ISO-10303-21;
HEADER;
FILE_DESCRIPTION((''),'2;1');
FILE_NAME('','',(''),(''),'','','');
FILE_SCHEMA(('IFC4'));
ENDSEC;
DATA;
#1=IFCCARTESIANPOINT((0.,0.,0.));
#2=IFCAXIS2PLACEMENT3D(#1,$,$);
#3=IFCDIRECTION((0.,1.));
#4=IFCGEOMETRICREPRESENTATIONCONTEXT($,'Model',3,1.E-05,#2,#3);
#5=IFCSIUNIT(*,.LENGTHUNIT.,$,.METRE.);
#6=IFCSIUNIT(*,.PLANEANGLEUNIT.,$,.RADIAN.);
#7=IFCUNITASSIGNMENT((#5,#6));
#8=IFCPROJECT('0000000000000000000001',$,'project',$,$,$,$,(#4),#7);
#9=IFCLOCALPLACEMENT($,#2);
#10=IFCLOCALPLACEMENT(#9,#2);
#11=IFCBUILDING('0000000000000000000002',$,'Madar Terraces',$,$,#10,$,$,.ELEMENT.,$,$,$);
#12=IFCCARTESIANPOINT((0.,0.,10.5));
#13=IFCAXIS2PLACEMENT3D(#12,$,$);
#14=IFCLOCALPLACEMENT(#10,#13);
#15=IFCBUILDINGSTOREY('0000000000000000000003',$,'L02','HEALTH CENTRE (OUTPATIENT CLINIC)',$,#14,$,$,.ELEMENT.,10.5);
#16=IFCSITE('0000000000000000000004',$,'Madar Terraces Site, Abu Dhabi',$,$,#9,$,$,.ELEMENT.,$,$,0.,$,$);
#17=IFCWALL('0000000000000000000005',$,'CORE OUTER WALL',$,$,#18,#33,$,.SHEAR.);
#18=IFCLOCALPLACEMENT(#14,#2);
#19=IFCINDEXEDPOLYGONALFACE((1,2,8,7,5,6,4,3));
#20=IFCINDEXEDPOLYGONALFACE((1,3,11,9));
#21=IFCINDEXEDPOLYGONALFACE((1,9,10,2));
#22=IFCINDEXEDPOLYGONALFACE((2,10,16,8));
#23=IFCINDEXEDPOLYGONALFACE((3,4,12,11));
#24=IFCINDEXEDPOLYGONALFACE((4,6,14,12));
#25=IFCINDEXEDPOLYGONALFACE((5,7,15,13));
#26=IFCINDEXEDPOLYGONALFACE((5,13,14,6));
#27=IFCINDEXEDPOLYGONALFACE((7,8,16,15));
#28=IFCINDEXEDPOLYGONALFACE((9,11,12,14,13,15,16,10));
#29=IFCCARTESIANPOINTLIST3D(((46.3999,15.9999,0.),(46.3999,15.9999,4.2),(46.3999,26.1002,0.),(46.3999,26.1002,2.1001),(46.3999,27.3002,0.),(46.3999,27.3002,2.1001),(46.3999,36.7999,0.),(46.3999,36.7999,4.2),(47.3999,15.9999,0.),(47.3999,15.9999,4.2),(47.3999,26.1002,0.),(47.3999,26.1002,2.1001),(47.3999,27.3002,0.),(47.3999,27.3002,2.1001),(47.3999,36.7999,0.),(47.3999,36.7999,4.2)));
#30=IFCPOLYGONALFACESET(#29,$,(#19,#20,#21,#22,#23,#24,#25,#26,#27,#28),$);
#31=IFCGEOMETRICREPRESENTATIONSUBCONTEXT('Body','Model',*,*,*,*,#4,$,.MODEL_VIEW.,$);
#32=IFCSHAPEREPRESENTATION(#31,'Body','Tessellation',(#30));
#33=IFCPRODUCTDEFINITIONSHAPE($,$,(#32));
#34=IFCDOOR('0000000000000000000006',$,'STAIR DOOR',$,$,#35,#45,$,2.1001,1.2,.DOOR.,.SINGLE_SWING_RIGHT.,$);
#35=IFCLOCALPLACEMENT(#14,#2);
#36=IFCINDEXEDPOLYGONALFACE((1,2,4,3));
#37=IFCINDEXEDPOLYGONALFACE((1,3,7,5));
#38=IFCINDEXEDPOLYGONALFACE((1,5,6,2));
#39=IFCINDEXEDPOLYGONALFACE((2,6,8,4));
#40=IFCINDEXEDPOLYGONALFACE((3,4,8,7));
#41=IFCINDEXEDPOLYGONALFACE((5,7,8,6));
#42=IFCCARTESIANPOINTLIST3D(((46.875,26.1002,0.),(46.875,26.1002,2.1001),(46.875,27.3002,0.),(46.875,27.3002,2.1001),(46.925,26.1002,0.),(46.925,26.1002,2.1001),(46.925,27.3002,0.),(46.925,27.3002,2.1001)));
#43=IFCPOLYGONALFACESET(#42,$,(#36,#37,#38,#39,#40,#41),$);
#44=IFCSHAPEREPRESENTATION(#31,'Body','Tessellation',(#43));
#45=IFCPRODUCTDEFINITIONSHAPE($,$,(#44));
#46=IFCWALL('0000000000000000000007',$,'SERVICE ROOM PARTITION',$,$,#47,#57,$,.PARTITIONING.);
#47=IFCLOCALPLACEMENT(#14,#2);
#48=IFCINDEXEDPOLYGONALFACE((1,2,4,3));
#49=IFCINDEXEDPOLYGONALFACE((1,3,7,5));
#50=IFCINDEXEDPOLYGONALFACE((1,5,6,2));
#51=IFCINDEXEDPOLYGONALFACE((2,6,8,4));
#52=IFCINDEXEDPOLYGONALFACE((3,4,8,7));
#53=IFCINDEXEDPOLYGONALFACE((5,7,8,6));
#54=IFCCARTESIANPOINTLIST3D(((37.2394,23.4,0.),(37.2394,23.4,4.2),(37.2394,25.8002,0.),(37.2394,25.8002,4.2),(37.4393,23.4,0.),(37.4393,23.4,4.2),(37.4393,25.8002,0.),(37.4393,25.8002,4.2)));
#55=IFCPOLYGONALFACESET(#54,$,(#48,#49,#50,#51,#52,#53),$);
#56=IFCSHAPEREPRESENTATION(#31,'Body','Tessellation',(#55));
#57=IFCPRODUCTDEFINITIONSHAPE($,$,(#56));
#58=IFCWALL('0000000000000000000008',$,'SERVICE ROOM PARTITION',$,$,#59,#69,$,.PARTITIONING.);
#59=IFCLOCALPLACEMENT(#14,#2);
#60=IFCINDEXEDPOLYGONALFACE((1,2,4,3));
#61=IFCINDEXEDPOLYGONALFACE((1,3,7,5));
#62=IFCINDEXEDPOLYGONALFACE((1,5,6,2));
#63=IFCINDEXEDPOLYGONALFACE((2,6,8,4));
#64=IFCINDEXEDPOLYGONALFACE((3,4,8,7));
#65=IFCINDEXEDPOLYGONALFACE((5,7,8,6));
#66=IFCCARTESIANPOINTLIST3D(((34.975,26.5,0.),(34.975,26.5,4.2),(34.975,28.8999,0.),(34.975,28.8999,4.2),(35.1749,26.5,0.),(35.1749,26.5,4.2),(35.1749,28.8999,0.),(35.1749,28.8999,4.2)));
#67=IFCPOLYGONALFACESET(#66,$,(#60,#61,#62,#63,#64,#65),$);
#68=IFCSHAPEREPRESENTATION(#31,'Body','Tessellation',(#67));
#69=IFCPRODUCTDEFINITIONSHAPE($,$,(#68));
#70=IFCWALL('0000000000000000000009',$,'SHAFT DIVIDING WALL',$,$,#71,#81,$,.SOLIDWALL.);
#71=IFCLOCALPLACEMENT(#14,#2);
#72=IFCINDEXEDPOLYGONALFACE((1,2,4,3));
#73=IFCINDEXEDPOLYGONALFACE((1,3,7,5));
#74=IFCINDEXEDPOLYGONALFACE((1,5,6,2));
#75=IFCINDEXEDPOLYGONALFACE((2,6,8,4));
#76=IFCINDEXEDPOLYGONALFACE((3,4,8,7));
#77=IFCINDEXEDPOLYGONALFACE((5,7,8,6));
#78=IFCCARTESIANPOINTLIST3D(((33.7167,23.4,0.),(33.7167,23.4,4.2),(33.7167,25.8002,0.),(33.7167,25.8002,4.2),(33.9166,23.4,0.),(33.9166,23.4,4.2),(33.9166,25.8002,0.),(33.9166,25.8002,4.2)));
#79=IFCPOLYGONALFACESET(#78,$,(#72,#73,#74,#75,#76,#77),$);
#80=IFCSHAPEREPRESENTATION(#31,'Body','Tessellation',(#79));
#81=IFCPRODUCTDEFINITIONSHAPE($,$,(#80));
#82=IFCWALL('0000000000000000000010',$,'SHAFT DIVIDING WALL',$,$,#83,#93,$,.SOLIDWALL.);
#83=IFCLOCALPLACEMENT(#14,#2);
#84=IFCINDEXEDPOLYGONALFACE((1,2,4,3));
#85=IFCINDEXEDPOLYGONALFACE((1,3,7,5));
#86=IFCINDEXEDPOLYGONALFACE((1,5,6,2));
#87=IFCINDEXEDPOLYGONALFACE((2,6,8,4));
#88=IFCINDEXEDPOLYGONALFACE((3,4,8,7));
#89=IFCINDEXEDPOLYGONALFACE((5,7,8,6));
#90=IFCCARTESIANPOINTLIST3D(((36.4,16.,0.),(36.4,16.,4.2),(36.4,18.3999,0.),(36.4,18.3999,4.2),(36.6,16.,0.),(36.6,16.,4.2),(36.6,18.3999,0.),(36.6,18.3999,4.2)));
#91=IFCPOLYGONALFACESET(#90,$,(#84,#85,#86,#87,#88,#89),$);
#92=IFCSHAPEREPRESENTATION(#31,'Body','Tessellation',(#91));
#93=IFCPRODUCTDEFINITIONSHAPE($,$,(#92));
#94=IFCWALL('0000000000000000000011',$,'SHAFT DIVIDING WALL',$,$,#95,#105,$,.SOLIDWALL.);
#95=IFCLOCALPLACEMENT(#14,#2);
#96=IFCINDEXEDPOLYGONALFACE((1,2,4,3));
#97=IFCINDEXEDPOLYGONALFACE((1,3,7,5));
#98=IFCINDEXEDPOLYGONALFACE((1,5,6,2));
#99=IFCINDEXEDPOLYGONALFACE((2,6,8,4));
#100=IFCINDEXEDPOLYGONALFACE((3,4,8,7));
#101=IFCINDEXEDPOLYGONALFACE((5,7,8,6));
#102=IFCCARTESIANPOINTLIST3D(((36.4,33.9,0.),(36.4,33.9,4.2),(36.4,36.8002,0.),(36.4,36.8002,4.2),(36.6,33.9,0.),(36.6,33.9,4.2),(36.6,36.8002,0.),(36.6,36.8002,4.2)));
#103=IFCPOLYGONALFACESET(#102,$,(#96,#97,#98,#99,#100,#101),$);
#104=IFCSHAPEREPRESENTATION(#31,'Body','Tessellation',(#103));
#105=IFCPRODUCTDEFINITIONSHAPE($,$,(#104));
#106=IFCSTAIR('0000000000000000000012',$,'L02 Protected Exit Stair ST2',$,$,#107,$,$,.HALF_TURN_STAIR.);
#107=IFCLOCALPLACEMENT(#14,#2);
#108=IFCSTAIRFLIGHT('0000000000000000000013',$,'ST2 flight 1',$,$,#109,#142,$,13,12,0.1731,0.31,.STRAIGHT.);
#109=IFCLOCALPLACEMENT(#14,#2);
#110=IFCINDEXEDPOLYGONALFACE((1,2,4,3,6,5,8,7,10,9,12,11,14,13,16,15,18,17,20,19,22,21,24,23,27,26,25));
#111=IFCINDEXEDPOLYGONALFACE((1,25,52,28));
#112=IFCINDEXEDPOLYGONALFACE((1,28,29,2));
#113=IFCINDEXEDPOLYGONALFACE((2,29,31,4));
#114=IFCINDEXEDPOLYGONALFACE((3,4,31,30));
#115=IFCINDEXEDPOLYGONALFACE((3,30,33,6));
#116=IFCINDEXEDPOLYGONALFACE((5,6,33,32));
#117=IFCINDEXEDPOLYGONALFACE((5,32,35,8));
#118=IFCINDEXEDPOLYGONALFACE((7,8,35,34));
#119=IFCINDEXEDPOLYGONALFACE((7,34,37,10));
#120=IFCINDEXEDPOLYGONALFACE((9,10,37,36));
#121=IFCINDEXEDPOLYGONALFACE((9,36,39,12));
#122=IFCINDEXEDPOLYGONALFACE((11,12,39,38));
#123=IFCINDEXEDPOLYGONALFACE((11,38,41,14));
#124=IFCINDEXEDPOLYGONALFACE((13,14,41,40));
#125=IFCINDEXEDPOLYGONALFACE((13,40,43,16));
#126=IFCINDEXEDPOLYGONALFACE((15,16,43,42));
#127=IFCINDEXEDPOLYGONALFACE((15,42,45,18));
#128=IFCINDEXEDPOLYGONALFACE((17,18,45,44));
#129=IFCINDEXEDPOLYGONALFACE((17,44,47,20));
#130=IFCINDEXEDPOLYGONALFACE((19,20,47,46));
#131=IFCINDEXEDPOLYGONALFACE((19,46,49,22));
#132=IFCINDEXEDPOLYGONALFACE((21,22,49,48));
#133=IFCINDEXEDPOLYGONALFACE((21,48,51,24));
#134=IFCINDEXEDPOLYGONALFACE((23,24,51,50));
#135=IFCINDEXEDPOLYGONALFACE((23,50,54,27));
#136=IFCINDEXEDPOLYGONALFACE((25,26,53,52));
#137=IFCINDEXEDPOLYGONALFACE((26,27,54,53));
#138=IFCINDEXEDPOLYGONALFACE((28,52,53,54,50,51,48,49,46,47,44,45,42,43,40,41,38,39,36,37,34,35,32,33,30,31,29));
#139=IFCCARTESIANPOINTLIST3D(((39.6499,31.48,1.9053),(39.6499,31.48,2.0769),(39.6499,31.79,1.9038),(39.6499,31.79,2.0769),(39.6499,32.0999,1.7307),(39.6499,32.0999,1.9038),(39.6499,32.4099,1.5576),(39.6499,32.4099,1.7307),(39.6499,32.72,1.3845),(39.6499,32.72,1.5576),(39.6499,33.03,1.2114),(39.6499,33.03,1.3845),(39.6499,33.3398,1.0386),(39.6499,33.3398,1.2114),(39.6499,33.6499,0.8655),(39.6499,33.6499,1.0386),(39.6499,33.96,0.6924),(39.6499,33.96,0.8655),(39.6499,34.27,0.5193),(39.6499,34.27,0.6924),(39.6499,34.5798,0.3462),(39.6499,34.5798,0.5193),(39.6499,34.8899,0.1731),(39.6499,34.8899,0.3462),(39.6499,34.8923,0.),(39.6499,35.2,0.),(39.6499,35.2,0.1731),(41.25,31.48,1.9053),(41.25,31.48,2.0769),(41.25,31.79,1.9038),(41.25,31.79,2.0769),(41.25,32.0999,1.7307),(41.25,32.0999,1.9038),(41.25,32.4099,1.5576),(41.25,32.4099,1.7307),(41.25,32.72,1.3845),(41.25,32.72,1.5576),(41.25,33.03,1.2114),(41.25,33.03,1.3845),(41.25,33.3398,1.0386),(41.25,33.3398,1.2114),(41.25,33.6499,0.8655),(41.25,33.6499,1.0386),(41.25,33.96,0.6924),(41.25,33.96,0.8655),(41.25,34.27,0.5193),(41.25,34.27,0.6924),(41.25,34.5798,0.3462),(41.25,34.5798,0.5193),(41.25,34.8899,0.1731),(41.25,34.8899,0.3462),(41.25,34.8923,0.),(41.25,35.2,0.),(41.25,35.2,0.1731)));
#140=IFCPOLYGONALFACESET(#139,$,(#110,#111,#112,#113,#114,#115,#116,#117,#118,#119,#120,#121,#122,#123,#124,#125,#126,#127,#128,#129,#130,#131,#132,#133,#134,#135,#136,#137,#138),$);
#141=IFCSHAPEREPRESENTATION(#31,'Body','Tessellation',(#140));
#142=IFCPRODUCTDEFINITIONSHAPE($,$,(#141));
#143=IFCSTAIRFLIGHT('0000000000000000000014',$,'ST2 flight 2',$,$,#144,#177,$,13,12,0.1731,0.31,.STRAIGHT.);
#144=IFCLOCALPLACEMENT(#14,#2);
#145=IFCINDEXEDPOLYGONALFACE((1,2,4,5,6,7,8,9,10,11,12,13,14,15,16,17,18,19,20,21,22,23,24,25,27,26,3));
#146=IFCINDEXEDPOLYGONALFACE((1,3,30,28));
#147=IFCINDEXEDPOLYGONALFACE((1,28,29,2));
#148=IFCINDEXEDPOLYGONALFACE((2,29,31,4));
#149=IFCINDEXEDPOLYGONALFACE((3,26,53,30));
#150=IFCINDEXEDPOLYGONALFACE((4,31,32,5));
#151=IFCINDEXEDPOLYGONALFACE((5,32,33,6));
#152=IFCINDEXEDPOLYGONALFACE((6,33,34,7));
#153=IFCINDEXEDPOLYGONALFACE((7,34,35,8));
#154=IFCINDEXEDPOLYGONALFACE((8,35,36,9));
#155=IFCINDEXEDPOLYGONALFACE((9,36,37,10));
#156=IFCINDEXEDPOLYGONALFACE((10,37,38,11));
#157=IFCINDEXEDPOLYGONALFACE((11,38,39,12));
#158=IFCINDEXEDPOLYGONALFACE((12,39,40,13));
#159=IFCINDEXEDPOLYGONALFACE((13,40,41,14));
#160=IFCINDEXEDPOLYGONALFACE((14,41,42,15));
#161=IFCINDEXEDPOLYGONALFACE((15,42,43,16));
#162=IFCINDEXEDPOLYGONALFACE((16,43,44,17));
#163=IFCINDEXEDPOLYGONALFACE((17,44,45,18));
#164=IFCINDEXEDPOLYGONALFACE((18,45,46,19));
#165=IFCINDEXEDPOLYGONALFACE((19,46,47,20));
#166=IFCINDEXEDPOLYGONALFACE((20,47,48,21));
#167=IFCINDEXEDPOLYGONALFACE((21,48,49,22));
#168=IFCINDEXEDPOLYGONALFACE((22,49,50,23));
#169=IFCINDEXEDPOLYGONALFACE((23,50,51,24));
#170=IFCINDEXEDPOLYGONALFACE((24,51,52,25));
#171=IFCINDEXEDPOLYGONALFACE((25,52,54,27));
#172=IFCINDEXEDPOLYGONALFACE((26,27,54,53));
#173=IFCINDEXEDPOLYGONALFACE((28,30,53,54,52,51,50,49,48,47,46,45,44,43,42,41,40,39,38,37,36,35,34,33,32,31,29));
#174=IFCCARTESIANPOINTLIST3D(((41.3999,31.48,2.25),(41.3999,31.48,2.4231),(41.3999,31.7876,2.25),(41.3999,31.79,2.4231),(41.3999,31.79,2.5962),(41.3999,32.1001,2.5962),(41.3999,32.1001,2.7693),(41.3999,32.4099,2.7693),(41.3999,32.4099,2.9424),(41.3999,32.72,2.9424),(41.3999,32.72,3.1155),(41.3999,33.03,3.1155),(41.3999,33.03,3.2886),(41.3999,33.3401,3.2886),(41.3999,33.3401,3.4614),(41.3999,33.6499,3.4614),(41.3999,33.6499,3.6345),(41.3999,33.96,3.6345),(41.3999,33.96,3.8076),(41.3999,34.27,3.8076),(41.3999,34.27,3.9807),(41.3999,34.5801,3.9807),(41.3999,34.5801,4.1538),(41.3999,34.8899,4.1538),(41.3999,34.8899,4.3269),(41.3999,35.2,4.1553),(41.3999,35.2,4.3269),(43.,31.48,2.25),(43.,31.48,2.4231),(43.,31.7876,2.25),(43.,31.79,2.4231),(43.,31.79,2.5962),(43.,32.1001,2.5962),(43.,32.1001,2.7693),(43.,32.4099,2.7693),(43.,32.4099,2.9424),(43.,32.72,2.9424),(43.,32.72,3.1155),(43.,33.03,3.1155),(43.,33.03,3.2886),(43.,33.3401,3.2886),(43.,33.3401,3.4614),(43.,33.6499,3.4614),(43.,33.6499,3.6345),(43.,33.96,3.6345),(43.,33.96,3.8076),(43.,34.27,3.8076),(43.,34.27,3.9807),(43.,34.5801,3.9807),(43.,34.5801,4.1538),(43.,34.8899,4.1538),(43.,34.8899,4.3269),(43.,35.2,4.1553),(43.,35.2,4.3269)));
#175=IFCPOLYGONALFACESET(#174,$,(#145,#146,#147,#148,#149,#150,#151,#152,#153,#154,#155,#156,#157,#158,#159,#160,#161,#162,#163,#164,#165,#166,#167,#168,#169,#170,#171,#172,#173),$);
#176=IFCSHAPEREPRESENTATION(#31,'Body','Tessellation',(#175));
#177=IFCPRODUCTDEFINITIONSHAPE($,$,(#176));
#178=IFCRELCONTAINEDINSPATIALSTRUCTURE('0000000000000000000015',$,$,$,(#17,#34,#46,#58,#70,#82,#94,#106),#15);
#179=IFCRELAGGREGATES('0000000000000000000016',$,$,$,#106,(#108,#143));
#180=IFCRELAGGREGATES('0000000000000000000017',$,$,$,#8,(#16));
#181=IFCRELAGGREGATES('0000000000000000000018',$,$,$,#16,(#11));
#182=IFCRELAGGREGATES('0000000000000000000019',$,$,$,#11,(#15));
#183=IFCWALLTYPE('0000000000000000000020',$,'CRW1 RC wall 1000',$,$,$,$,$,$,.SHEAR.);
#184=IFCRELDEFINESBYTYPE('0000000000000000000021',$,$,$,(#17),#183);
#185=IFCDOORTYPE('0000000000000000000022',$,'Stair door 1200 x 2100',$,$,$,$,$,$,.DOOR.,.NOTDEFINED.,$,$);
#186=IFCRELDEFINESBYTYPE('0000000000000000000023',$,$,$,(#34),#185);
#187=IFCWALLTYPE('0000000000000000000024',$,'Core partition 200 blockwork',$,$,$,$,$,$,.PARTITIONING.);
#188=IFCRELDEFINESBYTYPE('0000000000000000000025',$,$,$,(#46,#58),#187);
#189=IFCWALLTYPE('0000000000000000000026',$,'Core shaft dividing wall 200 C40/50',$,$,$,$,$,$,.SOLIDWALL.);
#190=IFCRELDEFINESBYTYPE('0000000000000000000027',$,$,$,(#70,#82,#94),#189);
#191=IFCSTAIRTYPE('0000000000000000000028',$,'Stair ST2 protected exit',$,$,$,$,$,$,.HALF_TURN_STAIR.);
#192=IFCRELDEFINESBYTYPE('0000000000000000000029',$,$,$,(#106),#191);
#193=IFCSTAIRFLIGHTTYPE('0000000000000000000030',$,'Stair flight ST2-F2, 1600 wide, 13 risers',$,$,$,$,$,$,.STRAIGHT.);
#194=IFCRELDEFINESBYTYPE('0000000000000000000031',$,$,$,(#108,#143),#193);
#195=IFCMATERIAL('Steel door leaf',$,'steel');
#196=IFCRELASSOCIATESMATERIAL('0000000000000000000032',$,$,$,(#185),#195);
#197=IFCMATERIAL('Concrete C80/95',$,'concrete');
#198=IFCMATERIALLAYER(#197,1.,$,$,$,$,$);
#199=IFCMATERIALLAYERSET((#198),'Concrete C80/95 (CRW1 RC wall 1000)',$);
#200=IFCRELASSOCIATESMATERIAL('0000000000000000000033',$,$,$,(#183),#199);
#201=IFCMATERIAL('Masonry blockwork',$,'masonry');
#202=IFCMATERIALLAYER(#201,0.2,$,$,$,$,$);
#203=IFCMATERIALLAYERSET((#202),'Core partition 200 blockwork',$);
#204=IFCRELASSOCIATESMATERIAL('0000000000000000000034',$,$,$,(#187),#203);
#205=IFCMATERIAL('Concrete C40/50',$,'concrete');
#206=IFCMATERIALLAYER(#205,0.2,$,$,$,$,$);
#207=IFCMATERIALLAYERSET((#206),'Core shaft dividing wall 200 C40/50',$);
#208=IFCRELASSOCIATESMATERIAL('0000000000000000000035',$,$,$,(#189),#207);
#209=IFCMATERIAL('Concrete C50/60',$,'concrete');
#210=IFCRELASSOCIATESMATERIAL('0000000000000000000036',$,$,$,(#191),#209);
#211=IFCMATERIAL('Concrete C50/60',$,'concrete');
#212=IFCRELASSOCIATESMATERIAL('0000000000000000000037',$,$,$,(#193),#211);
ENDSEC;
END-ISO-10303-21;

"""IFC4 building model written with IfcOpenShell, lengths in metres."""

from ifc_helpers import new_model, si_unit, direction, frame, frame_2d, origin, place, context, subcontext, project, spatial, polyline, rectangle, outline, extrude, material, layer, layer_set, type_object, element, fill, aggregate, save


model = new_model("IFC4")

# Units and contexts
model_context = context("Model", 3, precision=1e-05, world=origin(), true_north=direction((0.0, 1.0)))
body_context = subcontext(model_context, "Body", "Model", "MODEL_VIEW")
ifc_project = project(units=[si_unit("LENGTHUNIT", "METRE"), si_unit("PLANEANGLEUNIT", "RADIAN")], contexts=[model_context])

# Site, building, storey
site_placement = place(None, origin())
site = spatial("IfcSite", under=ifc_project, at=site_placement, Name="Madar Terraces Site, Abu Dhabi", CompositionType="ELEMENT", RefElevation=0.0)
building_placement = place(site_placement, origin())
building = spatial("IfcBuilding", under=site, at=building_placement, Name="Madar Terraces", CompositionType="ELEMENT")
storey_placement = place(building_placement, frame((0.0, 0.0, 10.5)))
storey = spatial("IfcBuildingStorey", under=building, at=storey_placement, Name="L02", Description="HEALTH CENTRE (OUTPATIENT CLINIC)", CompositionType="ELEMENT", Elevation=10.5)

# Shared definitions
ifc_material_1 = material(Name="Steel door leaf", Category="steel")
door_type_1 = type_object("IfcDoorType", Name="Stair door 1200 x 2100", OperationType="NOTDEFINED", PredefinedType="DOOR", material=ifc_material_1)

# Wall, opening, door
ifc_material_2 = material(Name="Concrete C80/95", Category="concrete")
ifc_layer_1 = layer(ifc_material_2, 1.0)
ifc_layer_set_1 = layer_set([ifc_layer_1], Name="Concrete C80/95 (CRW1 RC wall 1000)")
wall_type_1 = type_object("IfcWallType", Name="CRW1 RC wall 1000", PredefinedType="SHEAR", material=ifc_layer_set_1)
wall_1_placement = place(storey_placement, frame((46.8999, 16.0, 0.0), z_axis=(0.0, 0.0, 1.0), x_axis=(0.0, 1.0, 0.0)))
wall_1 = element("IfcWall", 1, at=wall_1_placement, inside=storey, type_object=wall_type_1, Name="CORE OUTER WALL", PredefinedType="SHEAR", context=body_context, shape_type="SweptSolid", body=[
    extrude(rectangle(XDim=20.8, YDim=1.0, at=frame_2d((10.3999, 0.0))), origin(), (0.0, 0.0, 1.0), 4.2),
])
opening_1_placement = place(wall_1_placement, frame((10.1001, 0.0, 0.0)))
opening_1 = element("IfcOpeningElement", 2, at=opening_1_placement, cuts=wall_1, PredefinedType="OPENING", context=body_context, shape_type="SweptSolid", body=[
    extrude(rectangle(XDim=1.2, YDim=2.1001, at=frame_2d((0.6001, 1.05))), frame((0.0, 0.51, 0.0), z_axis=(0.0, -1.0, 0.0), x_axis=(1.0, 0.0, 0.0)), (0.0, 0.0, 1.0), 1.02),
])
door_1_placement = place(opening_1_placement, origin())
door_1 = element("IfcDoor", 3, at=door_1_placement, inside=storey, type_object=door_type_1, Name="STAIR DOOR", OperationType="SINGLE_SWING_RIGHT", OverallHeight=2.1001, OverallWidth=1.2, PredefinedType="DOOR", context=body_context, shape_type="SweptSolid", body=[
    extrude(rectangle(XDim=1.2, YDim=2.1001, at=frame_2d((0.6001, 1.05))), frame((0.0, 0.0249, 0.0), z_axis=(0.0, -1.0, 0.0), x_axis=(1.0, 0.0, 0.0)), (0.0, 0.0, 1.0), 0.05),
])
fill(opening_1, door_1)

# Walls
ifc_material_3 = material(Name="Masonry blockwork", Category="masonry")
ifc_layer_2 = layer(ifc_material_3, 0.2)
ifc_layer_set_2 = layer_set([ifc_layer_2], Name="Core partition 200 blockwork")
wall_type_2 = type_object("IfcWallType", Name="Core partition 200 blockwork", PredefinedType="PARTITIONING", material=ifc_layer_set_2)
wall_2_placement = place(storey_placement, frame((37.3394, 23.3999, 0.0), z_axis=(0.0, 0.0, 1.0), x_axis=(0.0, 1.0, 0.0)))
element("IfcWall", 4, at=wall_2_placement, inside=storey, type_object=wall_type_2, Name="SERVICE ROOM PARTITION", PredefinedType="PARTITIONING", context=body_context, shape_type="SweptSolid", body=[
    extrude(rectangle(XDim=2.4001, YDim=0.2, at=frame_2d((1.2002, 0.0))), origin(), (0.0, 0.0, 1.0), 4.2),
])
wall_3_placement = place(storey_placement, frame((35.075, 26.5, 0.0), z_axis=(0.0, 0.0, 1.0), x_axis=(0.0, 1.0, 0.0)))
element("IfcWall", 5, at=wall_3_placement, inside=storey, type_object=wall_type_2, Name="SERVICE ROOM PARTITION", PredefinedType="PARTITIONING", context=body_context, shape_type="SweptSolid", body=[
    extrude(rectangle(XDim=2.3999, YDim=0.2, at=frame_2d((1.2, 0.0))), origin(), (0.0, 0.0, 1.0), 4.2),
])
ifc_material_4 = material(Name="Concrete C40/50", Category="concrete")
ifc_layer_3 = layer(ifc_material_4, 0.2)
ifc_layer_set_3 = layer_set([ifc_layer_3], Name="Core shaft dividing wall 200 C40/50")
wall_type_3 = type_object("IfcWallType", Name="Core shaft dividing wall 200 C40/50", PredefinedType="SOLIDWALL", material=ifc_layer_set_3)
wall_4_placement = place(storey_placement, frame((33.8167, 23.3999, 0.0), z_axis=(0.0, 0.0, 1.0), x_axis=(0.0, 1.0, 0.0)))
element("IfcWall", 6, at=wall_4_placement, inside=storey, type_object=wall_type_3, Name="SHAFT DIVIDING WALL", PredefinedType="SOLIDWALL", context=body_context, shape_type="SweptSolid", body=[
    extrude(rectangle(XDim=2.4001, YDim=0.2, at=frame_2d((1.2002, 0.0))), origin(), (0.0, 0.0, 1.0), 4.2),
])
wall_5_placement = place(storey_placement, frame((36.5, 16.0, 0.0), z_axis=(0.0, 0.0, 1.0), x_axis=(0.0, 1.0, 0.0)))
element("IfcWall", 7, at=wall_5_placement, inside=storey, type_object=wall_type_3, Name="SHAFT DIVIDING WALL", PredefinedType="SOLIDWALL", context=body_context, shape_type="SweptSolid", body=[
    extrude(rectangle(XDim=2.3999, YDim=0.2, at=frame_2d((1.2, 0.0))), origin(), (0.0, 0.0, 1.0), 4.2),
])
wall_6_placement = place(storey_placement, frame((36.5, 33.8999, 0.0), z_axis=(0.0, 0.0, 1.0), x_axis=(0.0, 1.0, 0.0)))
element("IfcWall", 8, at=wall_6_placement, inside=storey, type_object=wall_type_3, Name="SHAFT DIVIDING WALL", PredefinedType="SOLIDWALL", context=body_context, shape_type="SweptSolid", body=[
    extrude(rectangle(XDim=2.9001, YDim=0.2, at=frame_2d((1.4502, 0.0))), origin(), (0.0, 0.0, 1.0), 4.2),
])

# Stair, stair flights
ifc_material_5 = material(Name="Concrete C50/60", Category="concrete")
stair_type_1 = type_object("IfcStairType", Name="Stair ST2 protected exit", PredefinedType="HALF_TURN_STAIR", material=ifc_material_5)
stair_1_placement = place(storey_placement, origin())
stair_1 = element("IfcStair", 9, at=stair_1_placement, inside=storey, type_object=stair_type_1, Name="L02 Protected Exit Stair ST2", PredefinedType="HALF_TURN_STAIR")
ifc_material_6 = material(Name="Concrete C50/60", Category="concrete")
stair_flight_type_1 = type_object("IfcStairFlightType", Name="Stair flight ST2-F2, 1600 wide, 13 risers", PredefinedType="STRAIGHT", material=ifc_material_6)
stair_flight_1_placement = place(storey_placement, frame((40.45, 35.2, 0.0), z_axis=(0.0, 0.0, 1.0), x_axis=(0.0, -1.0, 0.0)))
stair_flight_1 = element("IfcStairFlight", 10, at=stair_flight_1_placement, type_object=stair_flight_type_1, Name="ST2 flight 1", NumberOfRisers=13, NumberOfTreads=12, PredefinedType="STRAIGHT", RiserHeight=0.1731, TreadLength=0.31, context=body_context, shape_type="SweptSolid", body=[
    extrude(outline(polyline([(0.0, 0.0), (0.0, 0.1731), (0.3101, 0.1731), (0.3101, 0.3462), (0.6201, 0.3462), (0.6201, 0.5193), (0.9299, 0.5193), (0.9299, 0.6924), (1.24, 0.6924), (1.24, 0.8655), (1.55, 0.8655), (1.55, 1.0386), (1.8601, 1.0386), (1.8601, 1.2114), (2.1699, 1.2114), (2.1699, 1.3845), (2.48, 1.3845), (2.48, 1.5576), (2.79, 1.5576), (2.79, 1.7307), (3.1001, 1.7307), (3.1001, 1.9038), (3.4099, 1.9038), (3.4099, 2.0769), (3.72, 2.0769), (3.72, 2.25), (3.72, 1.9053), (0.3076, 0.0), (0.0, 0.0)])), frame((0.0, 0.8, 0.0), z_axis=(0.0, -1.0, 0.0), x_axis=(1.0, 0.0, 0.0)), (0.0, 0.0, 1.0), 1.6001),
])
stair_flight_2_placement = place(storey_placement, frame((42.2, 31.48, 2.25), z_axis=(0.0, 0.0, 1.0), x_axis=(0.0, 1.0, 0.0)))
stair_flight_2 = element("IfcStairFlight", 11, at=stair_flight_2_placement, type_object=stair_flight_type_1, Name="ST2 flight 2", NumberOfRisers=13, NumberOfTreads=12, PredefinedType="STRAIGHT", RiserHeight=0.1731, TreadLength=0.31, context=body_context, shape_type="SweptSolid", body=[
    extrude(outline(polyline([(0.0, 0.0), (0.0, 0.1731), (0.3101, 0.1731), (0.3101, 0.3462), (0.6201, 0.3462), (0.6201, 0.5193), (0.9299, 0.5193), (0.9299, 0.6924), (1.24, 0.6924), (1.24, 0.8655), (1.55, 0.8655), (1.55, 1.0386), (1.8601, 1.0386), (1.8601, 1.2114), (2.1699, 1.2114), (2.1699, 1.3845), (2.48, 1.3845), (2.48, 1.5576), (2.79, 1.5576), (2.79, 1.7307), (3.1001, 1.7307), (3.1001, 1.9038), (3.4099, 1.9038), (3.4099, 2.0769), (3.72, 2.0769), (3.72, 2.25), (3.72, 1.9053), (0.3076, 0.0), (0.0, 0.0)])), frame((0.0, 0.8, 0.0), z_axis=(0.0, -1.0, 0.0), x_axis=(1.0, 0.0, 0.0)), (0.0, 0.0, 1.0), 1.6001),
])
aggregate(stair_1, [stair_flight_1, stair_flight_2])

save(model, "model.ifc")
